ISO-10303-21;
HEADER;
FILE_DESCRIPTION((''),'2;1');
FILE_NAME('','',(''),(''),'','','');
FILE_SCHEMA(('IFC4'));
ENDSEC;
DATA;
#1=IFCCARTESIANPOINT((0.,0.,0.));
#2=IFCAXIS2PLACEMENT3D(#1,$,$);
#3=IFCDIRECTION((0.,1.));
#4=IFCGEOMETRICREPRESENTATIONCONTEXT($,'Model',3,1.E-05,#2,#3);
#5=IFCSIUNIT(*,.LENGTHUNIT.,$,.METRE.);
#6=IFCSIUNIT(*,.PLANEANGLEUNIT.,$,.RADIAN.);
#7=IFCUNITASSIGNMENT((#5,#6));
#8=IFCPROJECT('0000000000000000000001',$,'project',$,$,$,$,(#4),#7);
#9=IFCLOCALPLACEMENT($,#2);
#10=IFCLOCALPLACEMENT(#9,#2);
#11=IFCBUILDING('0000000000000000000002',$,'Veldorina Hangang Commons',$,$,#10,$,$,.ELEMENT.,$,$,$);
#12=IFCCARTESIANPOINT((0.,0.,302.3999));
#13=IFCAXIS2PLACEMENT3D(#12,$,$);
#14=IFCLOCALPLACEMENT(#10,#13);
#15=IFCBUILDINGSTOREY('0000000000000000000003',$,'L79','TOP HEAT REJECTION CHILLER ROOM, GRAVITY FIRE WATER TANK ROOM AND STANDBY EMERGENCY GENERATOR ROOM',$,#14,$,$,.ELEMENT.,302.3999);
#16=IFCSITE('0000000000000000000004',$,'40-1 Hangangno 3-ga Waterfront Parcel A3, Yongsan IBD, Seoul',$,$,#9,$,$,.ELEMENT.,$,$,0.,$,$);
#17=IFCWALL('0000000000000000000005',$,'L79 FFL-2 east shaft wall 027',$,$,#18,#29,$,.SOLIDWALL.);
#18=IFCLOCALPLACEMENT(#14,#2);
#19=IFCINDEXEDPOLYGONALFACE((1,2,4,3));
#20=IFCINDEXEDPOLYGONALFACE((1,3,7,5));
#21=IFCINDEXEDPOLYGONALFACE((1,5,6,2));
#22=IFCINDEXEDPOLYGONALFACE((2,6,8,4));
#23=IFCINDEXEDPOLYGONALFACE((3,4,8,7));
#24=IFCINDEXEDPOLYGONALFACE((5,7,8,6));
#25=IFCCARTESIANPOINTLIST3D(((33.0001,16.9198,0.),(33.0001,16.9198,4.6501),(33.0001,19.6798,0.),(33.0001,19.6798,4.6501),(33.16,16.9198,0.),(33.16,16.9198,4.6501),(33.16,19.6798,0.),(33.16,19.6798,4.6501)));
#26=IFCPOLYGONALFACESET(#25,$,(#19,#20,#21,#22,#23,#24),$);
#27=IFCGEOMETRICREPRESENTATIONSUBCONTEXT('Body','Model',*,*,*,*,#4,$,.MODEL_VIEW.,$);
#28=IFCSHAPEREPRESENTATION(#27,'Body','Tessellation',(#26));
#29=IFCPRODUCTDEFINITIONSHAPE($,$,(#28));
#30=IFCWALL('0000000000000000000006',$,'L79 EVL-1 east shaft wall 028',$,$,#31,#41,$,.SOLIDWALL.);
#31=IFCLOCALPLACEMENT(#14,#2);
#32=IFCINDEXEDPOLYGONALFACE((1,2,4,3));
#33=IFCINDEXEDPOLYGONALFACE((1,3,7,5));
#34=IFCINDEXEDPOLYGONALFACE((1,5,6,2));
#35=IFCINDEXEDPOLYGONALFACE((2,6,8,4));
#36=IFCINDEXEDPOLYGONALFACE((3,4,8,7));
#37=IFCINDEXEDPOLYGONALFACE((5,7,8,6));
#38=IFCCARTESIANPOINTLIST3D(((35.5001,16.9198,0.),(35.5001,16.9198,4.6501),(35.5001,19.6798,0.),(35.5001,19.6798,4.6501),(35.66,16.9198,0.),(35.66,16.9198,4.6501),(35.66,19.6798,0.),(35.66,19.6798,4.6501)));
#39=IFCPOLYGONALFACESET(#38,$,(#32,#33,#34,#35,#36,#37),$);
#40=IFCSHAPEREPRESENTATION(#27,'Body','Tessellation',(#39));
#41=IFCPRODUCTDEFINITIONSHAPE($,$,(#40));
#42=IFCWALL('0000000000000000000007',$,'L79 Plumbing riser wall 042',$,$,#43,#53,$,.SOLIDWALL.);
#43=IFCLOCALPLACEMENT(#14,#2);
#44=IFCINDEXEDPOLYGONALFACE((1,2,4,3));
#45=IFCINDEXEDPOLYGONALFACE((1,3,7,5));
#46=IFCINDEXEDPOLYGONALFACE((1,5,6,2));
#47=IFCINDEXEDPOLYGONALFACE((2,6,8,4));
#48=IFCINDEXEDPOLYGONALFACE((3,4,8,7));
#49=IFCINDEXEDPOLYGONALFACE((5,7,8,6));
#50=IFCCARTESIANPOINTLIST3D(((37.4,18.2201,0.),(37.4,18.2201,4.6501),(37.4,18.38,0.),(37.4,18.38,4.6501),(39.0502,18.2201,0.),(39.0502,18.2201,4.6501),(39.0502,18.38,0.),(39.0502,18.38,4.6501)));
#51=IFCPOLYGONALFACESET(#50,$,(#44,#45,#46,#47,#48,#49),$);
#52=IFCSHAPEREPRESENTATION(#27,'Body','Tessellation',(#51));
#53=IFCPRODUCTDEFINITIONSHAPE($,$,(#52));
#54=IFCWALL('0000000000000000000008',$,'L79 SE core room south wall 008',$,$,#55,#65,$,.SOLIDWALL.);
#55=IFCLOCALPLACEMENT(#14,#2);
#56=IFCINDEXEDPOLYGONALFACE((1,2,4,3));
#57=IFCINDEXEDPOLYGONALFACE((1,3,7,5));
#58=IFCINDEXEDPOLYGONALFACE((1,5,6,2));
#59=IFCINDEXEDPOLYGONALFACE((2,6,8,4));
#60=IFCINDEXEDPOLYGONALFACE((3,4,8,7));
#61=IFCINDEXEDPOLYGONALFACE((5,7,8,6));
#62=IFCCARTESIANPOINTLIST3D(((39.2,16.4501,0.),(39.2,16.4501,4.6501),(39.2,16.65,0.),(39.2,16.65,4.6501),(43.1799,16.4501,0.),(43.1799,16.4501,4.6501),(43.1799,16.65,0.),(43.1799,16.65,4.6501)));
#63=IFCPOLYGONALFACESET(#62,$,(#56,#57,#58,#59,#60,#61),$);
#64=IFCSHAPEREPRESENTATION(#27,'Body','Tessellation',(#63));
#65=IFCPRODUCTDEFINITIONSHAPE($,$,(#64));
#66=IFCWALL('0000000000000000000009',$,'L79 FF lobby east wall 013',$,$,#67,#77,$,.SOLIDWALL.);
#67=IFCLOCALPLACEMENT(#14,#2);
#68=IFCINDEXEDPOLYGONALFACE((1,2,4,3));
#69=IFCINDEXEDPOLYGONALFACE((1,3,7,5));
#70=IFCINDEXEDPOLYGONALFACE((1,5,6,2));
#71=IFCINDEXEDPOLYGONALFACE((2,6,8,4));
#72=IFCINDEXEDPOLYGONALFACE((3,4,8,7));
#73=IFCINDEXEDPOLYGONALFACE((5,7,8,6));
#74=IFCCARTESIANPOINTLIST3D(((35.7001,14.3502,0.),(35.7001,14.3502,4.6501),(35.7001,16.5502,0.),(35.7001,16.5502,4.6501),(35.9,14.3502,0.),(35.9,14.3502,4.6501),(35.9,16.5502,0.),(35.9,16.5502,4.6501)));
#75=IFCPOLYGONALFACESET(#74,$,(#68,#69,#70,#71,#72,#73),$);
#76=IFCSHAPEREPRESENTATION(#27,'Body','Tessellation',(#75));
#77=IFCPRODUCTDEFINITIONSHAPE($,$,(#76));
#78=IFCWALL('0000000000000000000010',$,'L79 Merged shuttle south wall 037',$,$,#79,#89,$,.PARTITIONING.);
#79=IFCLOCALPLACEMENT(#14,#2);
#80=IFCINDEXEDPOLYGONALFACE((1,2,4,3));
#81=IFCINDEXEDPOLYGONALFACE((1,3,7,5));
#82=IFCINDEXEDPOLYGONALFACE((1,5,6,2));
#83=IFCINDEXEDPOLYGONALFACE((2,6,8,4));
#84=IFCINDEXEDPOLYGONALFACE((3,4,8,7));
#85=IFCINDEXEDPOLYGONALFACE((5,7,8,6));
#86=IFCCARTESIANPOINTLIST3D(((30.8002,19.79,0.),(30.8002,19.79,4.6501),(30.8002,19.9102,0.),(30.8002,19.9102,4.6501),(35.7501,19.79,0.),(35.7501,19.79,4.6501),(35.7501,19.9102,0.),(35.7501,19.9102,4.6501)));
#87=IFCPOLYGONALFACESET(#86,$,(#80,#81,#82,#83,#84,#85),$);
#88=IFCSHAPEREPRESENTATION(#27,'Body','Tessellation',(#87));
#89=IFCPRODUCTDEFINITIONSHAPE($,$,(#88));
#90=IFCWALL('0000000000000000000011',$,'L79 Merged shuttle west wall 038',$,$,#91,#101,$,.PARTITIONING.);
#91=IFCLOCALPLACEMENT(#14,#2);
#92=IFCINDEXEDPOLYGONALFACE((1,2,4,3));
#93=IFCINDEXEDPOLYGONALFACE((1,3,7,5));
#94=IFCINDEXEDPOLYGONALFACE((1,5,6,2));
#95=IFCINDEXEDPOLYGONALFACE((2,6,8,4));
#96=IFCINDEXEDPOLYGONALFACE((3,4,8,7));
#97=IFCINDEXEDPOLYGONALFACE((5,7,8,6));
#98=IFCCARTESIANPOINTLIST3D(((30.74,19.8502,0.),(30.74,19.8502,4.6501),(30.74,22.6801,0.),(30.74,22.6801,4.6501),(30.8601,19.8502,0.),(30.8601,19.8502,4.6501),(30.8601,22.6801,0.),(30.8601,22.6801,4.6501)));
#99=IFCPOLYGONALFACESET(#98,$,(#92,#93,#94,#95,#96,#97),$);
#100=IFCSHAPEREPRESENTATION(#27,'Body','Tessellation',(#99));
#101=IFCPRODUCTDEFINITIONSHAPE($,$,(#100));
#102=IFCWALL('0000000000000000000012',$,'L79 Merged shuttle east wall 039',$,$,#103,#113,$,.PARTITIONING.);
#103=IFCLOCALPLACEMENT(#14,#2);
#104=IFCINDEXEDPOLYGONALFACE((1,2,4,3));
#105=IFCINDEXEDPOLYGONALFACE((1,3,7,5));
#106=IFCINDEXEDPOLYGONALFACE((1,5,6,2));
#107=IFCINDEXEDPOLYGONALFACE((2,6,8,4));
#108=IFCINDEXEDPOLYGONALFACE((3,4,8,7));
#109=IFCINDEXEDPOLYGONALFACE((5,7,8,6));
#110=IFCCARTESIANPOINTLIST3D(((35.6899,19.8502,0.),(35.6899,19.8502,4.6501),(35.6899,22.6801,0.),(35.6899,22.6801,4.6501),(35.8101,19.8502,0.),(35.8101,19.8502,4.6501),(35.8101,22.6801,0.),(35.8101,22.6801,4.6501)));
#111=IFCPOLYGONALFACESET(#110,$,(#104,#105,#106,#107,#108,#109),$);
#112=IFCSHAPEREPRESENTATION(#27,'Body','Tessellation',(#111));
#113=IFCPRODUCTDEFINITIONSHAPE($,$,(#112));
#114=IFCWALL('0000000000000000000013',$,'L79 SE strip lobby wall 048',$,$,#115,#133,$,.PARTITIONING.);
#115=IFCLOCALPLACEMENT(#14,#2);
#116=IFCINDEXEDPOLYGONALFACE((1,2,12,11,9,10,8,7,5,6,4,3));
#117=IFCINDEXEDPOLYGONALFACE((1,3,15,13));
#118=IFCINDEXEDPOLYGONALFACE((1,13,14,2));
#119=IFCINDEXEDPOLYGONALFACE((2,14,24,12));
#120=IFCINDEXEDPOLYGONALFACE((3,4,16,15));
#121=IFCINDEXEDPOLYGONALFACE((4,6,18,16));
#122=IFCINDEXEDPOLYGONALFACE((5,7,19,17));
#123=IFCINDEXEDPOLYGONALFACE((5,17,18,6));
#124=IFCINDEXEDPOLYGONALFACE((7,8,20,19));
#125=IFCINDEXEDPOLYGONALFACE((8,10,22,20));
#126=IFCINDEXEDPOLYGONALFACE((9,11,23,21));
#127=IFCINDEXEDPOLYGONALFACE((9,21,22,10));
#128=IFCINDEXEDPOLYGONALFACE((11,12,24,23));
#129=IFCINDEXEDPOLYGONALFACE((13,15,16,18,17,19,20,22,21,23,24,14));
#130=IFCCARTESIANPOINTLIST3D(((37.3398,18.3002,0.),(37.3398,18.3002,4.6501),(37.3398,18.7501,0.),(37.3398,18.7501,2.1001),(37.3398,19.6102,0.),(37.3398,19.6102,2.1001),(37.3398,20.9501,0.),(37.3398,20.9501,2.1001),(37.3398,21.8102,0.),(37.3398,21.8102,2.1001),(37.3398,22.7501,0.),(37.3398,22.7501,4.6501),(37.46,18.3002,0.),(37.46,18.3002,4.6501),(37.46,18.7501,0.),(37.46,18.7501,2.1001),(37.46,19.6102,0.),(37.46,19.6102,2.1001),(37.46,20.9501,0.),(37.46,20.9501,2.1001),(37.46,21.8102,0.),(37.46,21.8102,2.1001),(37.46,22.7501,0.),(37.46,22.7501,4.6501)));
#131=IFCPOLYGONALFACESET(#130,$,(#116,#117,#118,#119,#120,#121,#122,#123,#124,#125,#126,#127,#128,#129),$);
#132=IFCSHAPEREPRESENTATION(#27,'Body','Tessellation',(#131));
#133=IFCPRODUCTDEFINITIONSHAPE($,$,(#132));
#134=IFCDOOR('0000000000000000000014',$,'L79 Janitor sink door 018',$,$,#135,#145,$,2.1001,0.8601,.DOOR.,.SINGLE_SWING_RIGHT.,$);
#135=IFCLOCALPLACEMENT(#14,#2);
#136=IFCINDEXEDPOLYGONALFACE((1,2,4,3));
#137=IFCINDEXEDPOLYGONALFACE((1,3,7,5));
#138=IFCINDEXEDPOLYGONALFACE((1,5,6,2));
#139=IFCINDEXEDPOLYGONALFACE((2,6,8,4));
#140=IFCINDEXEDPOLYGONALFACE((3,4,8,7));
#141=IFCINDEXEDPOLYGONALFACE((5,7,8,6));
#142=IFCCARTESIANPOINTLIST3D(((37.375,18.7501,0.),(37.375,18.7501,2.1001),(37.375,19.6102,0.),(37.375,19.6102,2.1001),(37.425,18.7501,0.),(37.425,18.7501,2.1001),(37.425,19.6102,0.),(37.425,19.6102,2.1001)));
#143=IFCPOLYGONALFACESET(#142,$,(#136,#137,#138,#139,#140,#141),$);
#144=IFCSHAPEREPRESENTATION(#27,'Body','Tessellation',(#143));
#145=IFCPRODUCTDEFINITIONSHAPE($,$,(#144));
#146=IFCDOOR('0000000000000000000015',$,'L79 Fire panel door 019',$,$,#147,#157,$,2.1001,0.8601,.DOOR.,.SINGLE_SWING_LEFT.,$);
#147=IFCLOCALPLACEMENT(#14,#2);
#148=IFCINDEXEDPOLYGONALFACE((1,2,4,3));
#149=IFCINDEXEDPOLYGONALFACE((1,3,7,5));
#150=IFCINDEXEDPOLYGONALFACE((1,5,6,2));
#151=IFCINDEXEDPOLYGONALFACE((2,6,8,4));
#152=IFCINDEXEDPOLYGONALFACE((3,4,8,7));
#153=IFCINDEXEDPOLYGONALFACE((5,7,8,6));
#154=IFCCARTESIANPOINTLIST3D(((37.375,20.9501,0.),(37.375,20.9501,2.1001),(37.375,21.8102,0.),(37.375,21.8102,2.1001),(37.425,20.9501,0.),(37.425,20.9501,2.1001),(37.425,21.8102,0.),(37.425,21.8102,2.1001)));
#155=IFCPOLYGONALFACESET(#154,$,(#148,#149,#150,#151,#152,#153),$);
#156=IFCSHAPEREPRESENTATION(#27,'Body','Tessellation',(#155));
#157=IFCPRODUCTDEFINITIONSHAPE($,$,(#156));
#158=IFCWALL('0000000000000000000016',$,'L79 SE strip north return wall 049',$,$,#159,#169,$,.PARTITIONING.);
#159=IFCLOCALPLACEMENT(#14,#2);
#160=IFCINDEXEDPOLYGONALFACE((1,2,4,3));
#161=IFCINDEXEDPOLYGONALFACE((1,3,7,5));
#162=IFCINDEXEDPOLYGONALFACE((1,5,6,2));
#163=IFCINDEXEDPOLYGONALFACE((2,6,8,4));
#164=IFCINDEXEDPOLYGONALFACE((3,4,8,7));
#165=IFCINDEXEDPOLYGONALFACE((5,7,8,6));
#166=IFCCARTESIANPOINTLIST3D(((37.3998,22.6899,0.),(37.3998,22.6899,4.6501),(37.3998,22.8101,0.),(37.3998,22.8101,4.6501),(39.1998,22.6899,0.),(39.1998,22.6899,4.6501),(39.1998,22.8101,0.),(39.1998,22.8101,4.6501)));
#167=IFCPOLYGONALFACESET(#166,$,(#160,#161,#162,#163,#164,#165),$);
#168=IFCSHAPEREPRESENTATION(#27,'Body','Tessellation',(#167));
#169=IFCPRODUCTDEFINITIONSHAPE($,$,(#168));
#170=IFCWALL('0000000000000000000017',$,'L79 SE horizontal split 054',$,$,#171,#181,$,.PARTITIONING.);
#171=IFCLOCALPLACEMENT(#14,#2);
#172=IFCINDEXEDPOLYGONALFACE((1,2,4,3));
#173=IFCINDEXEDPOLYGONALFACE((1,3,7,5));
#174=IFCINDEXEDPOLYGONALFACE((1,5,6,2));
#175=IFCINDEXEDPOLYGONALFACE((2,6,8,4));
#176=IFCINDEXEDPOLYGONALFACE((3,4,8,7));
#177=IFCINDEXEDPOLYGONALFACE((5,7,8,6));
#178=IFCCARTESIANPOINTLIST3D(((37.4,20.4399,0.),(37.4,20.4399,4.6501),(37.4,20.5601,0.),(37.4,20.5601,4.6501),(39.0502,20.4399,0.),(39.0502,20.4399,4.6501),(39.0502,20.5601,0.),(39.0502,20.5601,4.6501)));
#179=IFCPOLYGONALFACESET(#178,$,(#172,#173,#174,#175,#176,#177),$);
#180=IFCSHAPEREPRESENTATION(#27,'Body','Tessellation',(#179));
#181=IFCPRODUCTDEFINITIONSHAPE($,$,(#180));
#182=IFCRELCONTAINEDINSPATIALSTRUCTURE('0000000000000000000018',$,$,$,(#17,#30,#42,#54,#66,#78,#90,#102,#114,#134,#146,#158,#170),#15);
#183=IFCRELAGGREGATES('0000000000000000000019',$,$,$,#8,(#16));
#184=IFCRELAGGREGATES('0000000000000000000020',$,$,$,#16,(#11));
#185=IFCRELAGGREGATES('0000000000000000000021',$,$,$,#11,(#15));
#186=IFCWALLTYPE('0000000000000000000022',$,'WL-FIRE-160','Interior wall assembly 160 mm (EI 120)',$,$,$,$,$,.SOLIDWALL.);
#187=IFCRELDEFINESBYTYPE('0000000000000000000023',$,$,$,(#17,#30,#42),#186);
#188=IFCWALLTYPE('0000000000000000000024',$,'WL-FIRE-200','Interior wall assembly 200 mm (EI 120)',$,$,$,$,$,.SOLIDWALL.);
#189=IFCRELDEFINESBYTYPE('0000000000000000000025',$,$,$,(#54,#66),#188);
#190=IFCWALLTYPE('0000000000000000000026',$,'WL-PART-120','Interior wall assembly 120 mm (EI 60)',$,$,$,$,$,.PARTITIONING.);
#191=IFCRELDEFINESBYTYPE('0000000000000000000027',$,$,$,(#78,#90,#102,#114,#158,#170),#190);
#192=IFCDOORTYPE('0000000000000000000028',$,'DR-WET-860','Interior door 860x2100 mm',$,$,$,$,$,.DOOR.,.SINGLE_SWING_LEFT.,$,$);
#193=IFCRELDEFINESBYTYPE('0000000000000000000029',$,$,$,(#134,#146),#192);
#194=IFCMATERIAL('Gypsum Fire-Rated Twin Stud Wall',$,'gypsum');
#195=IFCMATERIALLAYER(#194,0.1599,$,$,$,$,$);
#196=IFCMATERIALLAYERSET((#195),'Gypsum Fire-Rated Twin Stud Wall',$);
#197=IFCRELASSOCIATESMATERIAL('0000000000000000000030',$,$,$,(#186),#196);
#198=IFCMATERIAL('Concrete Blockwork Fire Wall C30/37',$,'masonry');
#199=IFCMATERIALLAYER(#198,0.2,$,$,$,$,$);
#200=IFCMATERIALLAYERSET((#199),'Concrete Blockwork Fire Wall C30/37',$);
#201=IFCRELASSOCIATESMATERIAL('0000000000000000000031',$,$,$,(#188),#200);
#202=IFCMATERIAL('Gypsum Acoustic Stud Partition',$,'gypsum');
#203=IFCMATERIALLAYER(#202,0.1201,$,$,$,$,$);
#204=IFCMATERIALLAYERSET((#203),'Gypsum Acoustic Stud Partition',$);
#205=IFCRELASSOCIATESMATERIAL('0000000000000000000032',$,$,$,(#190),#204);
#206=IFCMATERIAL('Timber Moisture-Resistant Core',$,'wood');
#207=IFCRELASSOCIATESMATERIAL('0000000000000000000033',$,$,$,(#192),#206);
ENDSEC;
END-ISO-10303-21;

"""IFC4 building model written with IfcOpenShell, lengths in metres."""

from ifc_helpers import new_model, si_unit, direction, frame, frame_2d, origin, place, context, subcontext, project, spatial, rectangle, extrude, material, layer, layer_set, type_object, element, fill, save


model = new_model("IFC4")

# Units and contexts
model_context = context("Model", 3, precision=1e-05, world=origin(), true_north=direction((0.0, 1.0)))
body_context = subcontext(model_context, "Body", "Model", "MODEL_VIEW")
ifc_project = project(units=[si_unit("LENGTHUNIT", "METRE"), si_unit("PLANEANGLEUNIT", "RADIAN")], contexts=[model_context])

# Site, building, storey
site_placement = place(None, origin())
site = spatial("IfcSite", under=ifc_project, at=site_placement, Name="40-1 Hangangno 3-ga Waterfront Parcel A3, Yongsan IBD, Seoul", CompositionType="ELEMENT", RefElevation=0.0)
building_placement = place(site_placement, origin())
building = spatial("IfcBuilding", under=site, at=building_placement, Name="Veldorina Hangang Commons", CompositionType="ELEMENT")
storey_placement = place(building_placement, frame((0.0, 0.0, 302.3999)))
storey = spatial("IfcBuildingStorey", under=building, at=storey_placement, Name="L79", Description="TOP HEAT REJECTION CHILLER ROOM, GRAVITY FIRE WATER TANK ROOM AND STANDBY EMERGENCY GENERATOR ROOM", CompositionType="ELEMENT", Elevation=302.3999)

# Walls
ifc_material_1 = material(Name="Gypsum Fire-Rated Twin Stud Wall", Category="gypsum")
ifc_layer_1 = layer(ifc_material_1, 0.1599)
ifc_layer_set_1 = layer_set([ifc_layer_1], Name="Gypsum Fire-Rated Twin Stud Wall")
wall_type_1 = type_object("IfcWallType", Name="WL-FIRE-160", Description="Interior wall assembly 160 mm (EI 120)", PredefinedType="SOLIDWALL", material=ifc_layer_set_1)
for number, where, z_axis, x_axis, name in (
    (1, (33.0801, 16.9199, 0.0), (0.0, 0.0, 1.0), (0.0, 1.0, 0.0), "L79 FFL-2 east shaft wall 027"),
    (2, (35.5801, 16.9199, 0.0), (0.0, 0.0, 1.0), (0.0, 1.0, 0.0), "L79 EVL-1 east shaft wall 028"),
):
    element("IfcWall", number, at=place(storey_placement, frame(where, z_axis=z_axis, x_axis=x_axis)), inside=storey, type_object=wall_type_1, Name=name, PredefinedType="SOLIDWALL", context=body_context, shape_type="SweptSolid", body=[
        extrude(rectangle(XDim=2.76, YDim=0.1599, at=frame_2d((1.3799, 0.0))), origin(), (0.0, 0.0, 1.0), 4.6501),
    ])
wall_1_placement = place(storey_placement, frame((37.3999, 18.3, 0.0), z_axis=(0.0, 0.0, 1.0), x_axis=(1.0, 0.0, 0.0)))
element("IfcWall", 3, at=wall_1_placement, inside=storey, type_object=wall_type_1, Name="L79 Plumbing riser wall 042", PredefinedType="SOLIDWALL", context=body_context, shape_type="SweptSolid", body=[
    extrude(rectangle(XDim=1.6501, YDim=0.1599, at=frame_2d((0.8252, 0.0))), origin(), (0.0, 0.0, 1.0), 4.6501),
])
ifc_material_2 = material(Name="Concrete Blockwork Fire Wall C30/37", Category="masonry")
ifc_layer_2 = layer(ifc_material_2, 0.2)
ifc_layer_set_2 = layer_set([ifc_layer_2], Name="Concrete Blockwork Fire Wall C30/37")
wall_type_2 = type_object("IfcWallType", Name="WL-FIRE-200", Description="Interior wall assembly 200 mm (EI 120)", PredefinedType="SOLIDWALL", material=ifc_layer_set_2)
wall_2_placement = place(storey_placement, frame((39.2, 16.55, 0.0), z_axis=(0.0, 0.0, 1.0), x_axis=(1.0, 0.0, 0.0)))
element("IfcWall", 4, at=wall_2_placement, inside=storey, type_object=wall_type_2, Name="L79 SE core room south wall 008", PredefinedType="SOLIDWALL", context=body_context, shape_type="SweptSolid", body=[
    extrude(rectangle(XDim=3.98, YDim=0.2, at=frame_2d((1.99, 0.0))), origin(), (0.0, 0.0, 1.0), 4.6501),
])
wall_3_placement = place(storey_placement, frame((35.8, 14.3501, 0.0), z_axis=(0.0, 0.0, 1.0), x_axis=(0.0, 1.0, 0.0)))
element("IfcWall", 5, at=wall_3_placement, inside=storey, type_object=wall_type_2, Name="L79 FF lobby east wall 013", PredefinedType="SOLIDWALL", context=body_context, shape_type="SweptSolid", body=[
    extrude(rectangle(XDim=2.2, YDim=0.2, at=frame_2d((1.1001, 0.0))), origin(), (0.0, 0.0, 1.0), 4.6501),
])
ifc_material_3 = material(Name="Gypsum Acoustic Stud Partition", Category="gypsum")
ifc_layer_3 = layer(ifc_material_3, 0.1201)
ifc_layer_set_3 = layer_set([ifc_layer_3], Name="Gypsum Acoustic Stud Partition")
wall_type_3 = type_object("IfcWallType", Name="WL-PART-120", Description="Interior wall assembly 120 mm (EI 60)", PredefinedType="PARTITIONING", material=ifc_layer_set_3)
wall_4_placement = place(storey_placement, frame((30.8, 19.8501, 0.0), z_axis=(0.0, 0.0, 1.0), x_axis=(1.0, 0.0, 0.0)))
element("IfcWall", 6, at=wall_4_placement, inside=storey, type_object=wall_type_3, Name="L79 Merged shuttle south wall 037", PredefinedType="PARTITIONING", context=body_context, shape_type="SweptSolid", body=[
    extrude(rectangle(XDim=4.95, YDim=0.1201, at=frame_2d((2.4751, 0.0))), origin(), (0.0, 0.0, 1.0), 4.6501),
])
for number, where, z_axis, x_axis, name in (
    (7, (30.8, 19.8501, 0.0), (0.0, 0.0, 1.0), (0.0, 1.0, 0.0), "L79 Merged shuttle west wall 038"),
    (8, (35.75, 19.8501, 0.0), (0.0, 0.0, 1.0), (0.0, 1.0, 0.0), "L79 Merged shuttle east wall 039"),
):
    element("IfcWall", number, at=place(storey_placement, frame(where, z_axis=z_axis, x_axis=x_axis)), inside=storey, type_object=wall_type_3, Name=name, PredefinedType="PARTITIONING", context=body_context, shape_type="SweptSolid", body=[
        extrude(rectangle(XDim=2.8298, YDim=0.1201, at=frame_2d((1.415, 0.0))), origin(), (0.0, 0.0, 1.0), 4.6501),
    ])

# Wall, openings, doors
wall_5_placement = place(storey_placement, frame((37.3999, 18.3, 0.0), z_axis=(0.0, 0.0, 1.0), x_axis=(0.0, 1.0, 0.0)))
wall_5 = element("IfcWall", 9, at=wall_5_placement, inside=storey, type_object=wall_type_3, Name="L79 SE strip lobby wall 048", PredefinedType="PARTITIONING", context=body_context, shape_type="SweptSolid", body=[
    extrude(rectangle(XDim=4.45, YDim=0.1201, at=frame_2d((2.2251, 0.0))), origin(), (0.0, 0.0, 1.0), 4.6501),
])
opening_1_placement = place(wall_5_placement, frame((0.45, 0.0, 0.0)))
opening_1 = element("IfcOpeningElement", 10, at=opening_1_placement, cuts=wall_5, PredefinedType="OPENING", context=body_context, shape_type="SweptSolid", body=[
    extrude(rectangle(XDim=0.8601, YDim=2.1001, at=frame_2d((0.4302, 1.05))), frame((0.0, 0.0701, 0.0), z_axis=(0.0, -1.0, 0.0), x_axis=(1.0, 0.0, 0.0)), (0.0, 0.0, 1.0), 0.1401),
])
opening_2_placement = place(wall_5_placement, frame((2.6499, 0.0, 0.0)))
opening_2 = element("IfcOpeningElement", 11, at=opening_2_placement, cuts=wall_5, PredefinedType="OPENING", context=body_context, shape_type="SweptSolid", body=[
    extrude(rectangle(XDim=0.8601, YDim=2.1001, at=frame_2d((0.4302, 1.05))), frame((0.0, 0.0701, 0.0), z_axis=(0.0, -1.0, 0.0), x_axis=(1.0, 0.0, 0.0)), (0.0, 0.0, 1.0), 0.1401),
])
ifc_material_4 = material(Name="Timber Moisture-Resistant Core", Category="wood")
door_type_1 = type_object("IfcDoorType", Name="DR-WET-860", Description="Interior door 860x2100 mm", OperationType="SINGLE_SWING_LEFT", PredefinedType="DOOR", material=ifc_material_4)
door_1_placement = place(opening_1_placement, origin())
door_1 = element("IfcDoor", 12, at=door_1_placement, inside=storey, type_object=door_type_1, Name="L79 Janitor sink door 018", OperationType="SINGLE_SWING_RIGHT", OverallHeight=2.1001, OverallWidth=0.8601, PredefinedType="DOOR", context=body_context, shape_type="SweptSolid", body=[
    extrude(rectangle(XDim=0.8601, YDim=2.1001, at=frame_2d((0.4302, 1.05))), frame((0.0, 0.0249, 0.0), z_axis=(0.0, -1.0, 0.0), x_axis=(1.0, 0.0, 0.0)), (0.0, 0.0, 1.0), 0.05),
])
fill(opening_1, door_1)
door_2_placement = place(opening_2_placement, origin())
door_2 = element("IfcDoor", 13, at=door_2_placement, inside=storey, type_object=door_type_1, Name="L79 Fire panel door 019", OperationType="SINGLE_SWING_LEFT", OverallHeight=2.1001, OverallWidth=0.8601, PredefinedType="DOOR", context=body_context, shape_type="SweptSolid", body=[
    extrude(rectangle(XDim=0.8601, YDim=2.1001, at=frame_2d((0.4302, 1.05))), frame((0.0, 0.0249, 0.0), z_axis=(0.0, -1.0, 0.0), x_axis=(1.0, 0.0, 0.0)), (0.0, 0.0, 1.0), 0.05),
])
fill(opening_2, door_2)

# Walls
wall_6_placement = place(storey_placement, frame((37.3999, 22.75, 0.0), z_axis=(0.0, 0.0, 1.0), x_axis=(1.0, 0.0, 0.0)))
element("IfcWall", 14, at=wall_6_placement, inside=storey, type_object=wall_type_3, Name="L79 SE strip north return wall 049", PredefinedType="PARTITIONING", context=body_context, shape_type="SweptSolid", body=[
    extrude(rectangle(XDim=1.8, YDim=0.1201, at=frame_2d((0.8999, 0.0))), origin(), (0.0, 0.0, 1.0), 4.6501),
])
wall_7_placement = place(storey_placement, frame((37.3999, 20.5, 0.0), z_axis=(0.0, 0.0, 1.0), x_axis=(1.0, 0.0, 0.0)))
element("IfcWall", 15, at=wall_7_placement, inside=storey, type_object=wall_type_3, Name="L79 SE horizontal split 054", PredefinedType="PARTITIONING", context=body_context, shape_type="SweptSolid", body=[
    extrude(rectangle(XDim=1.6501, YDim=0.1201, at=frame_2d((0.8252, 0.0))), origin(), (0.0, 0.0, 1.0), 4.6501),
])

save(model, "model.ifc")
